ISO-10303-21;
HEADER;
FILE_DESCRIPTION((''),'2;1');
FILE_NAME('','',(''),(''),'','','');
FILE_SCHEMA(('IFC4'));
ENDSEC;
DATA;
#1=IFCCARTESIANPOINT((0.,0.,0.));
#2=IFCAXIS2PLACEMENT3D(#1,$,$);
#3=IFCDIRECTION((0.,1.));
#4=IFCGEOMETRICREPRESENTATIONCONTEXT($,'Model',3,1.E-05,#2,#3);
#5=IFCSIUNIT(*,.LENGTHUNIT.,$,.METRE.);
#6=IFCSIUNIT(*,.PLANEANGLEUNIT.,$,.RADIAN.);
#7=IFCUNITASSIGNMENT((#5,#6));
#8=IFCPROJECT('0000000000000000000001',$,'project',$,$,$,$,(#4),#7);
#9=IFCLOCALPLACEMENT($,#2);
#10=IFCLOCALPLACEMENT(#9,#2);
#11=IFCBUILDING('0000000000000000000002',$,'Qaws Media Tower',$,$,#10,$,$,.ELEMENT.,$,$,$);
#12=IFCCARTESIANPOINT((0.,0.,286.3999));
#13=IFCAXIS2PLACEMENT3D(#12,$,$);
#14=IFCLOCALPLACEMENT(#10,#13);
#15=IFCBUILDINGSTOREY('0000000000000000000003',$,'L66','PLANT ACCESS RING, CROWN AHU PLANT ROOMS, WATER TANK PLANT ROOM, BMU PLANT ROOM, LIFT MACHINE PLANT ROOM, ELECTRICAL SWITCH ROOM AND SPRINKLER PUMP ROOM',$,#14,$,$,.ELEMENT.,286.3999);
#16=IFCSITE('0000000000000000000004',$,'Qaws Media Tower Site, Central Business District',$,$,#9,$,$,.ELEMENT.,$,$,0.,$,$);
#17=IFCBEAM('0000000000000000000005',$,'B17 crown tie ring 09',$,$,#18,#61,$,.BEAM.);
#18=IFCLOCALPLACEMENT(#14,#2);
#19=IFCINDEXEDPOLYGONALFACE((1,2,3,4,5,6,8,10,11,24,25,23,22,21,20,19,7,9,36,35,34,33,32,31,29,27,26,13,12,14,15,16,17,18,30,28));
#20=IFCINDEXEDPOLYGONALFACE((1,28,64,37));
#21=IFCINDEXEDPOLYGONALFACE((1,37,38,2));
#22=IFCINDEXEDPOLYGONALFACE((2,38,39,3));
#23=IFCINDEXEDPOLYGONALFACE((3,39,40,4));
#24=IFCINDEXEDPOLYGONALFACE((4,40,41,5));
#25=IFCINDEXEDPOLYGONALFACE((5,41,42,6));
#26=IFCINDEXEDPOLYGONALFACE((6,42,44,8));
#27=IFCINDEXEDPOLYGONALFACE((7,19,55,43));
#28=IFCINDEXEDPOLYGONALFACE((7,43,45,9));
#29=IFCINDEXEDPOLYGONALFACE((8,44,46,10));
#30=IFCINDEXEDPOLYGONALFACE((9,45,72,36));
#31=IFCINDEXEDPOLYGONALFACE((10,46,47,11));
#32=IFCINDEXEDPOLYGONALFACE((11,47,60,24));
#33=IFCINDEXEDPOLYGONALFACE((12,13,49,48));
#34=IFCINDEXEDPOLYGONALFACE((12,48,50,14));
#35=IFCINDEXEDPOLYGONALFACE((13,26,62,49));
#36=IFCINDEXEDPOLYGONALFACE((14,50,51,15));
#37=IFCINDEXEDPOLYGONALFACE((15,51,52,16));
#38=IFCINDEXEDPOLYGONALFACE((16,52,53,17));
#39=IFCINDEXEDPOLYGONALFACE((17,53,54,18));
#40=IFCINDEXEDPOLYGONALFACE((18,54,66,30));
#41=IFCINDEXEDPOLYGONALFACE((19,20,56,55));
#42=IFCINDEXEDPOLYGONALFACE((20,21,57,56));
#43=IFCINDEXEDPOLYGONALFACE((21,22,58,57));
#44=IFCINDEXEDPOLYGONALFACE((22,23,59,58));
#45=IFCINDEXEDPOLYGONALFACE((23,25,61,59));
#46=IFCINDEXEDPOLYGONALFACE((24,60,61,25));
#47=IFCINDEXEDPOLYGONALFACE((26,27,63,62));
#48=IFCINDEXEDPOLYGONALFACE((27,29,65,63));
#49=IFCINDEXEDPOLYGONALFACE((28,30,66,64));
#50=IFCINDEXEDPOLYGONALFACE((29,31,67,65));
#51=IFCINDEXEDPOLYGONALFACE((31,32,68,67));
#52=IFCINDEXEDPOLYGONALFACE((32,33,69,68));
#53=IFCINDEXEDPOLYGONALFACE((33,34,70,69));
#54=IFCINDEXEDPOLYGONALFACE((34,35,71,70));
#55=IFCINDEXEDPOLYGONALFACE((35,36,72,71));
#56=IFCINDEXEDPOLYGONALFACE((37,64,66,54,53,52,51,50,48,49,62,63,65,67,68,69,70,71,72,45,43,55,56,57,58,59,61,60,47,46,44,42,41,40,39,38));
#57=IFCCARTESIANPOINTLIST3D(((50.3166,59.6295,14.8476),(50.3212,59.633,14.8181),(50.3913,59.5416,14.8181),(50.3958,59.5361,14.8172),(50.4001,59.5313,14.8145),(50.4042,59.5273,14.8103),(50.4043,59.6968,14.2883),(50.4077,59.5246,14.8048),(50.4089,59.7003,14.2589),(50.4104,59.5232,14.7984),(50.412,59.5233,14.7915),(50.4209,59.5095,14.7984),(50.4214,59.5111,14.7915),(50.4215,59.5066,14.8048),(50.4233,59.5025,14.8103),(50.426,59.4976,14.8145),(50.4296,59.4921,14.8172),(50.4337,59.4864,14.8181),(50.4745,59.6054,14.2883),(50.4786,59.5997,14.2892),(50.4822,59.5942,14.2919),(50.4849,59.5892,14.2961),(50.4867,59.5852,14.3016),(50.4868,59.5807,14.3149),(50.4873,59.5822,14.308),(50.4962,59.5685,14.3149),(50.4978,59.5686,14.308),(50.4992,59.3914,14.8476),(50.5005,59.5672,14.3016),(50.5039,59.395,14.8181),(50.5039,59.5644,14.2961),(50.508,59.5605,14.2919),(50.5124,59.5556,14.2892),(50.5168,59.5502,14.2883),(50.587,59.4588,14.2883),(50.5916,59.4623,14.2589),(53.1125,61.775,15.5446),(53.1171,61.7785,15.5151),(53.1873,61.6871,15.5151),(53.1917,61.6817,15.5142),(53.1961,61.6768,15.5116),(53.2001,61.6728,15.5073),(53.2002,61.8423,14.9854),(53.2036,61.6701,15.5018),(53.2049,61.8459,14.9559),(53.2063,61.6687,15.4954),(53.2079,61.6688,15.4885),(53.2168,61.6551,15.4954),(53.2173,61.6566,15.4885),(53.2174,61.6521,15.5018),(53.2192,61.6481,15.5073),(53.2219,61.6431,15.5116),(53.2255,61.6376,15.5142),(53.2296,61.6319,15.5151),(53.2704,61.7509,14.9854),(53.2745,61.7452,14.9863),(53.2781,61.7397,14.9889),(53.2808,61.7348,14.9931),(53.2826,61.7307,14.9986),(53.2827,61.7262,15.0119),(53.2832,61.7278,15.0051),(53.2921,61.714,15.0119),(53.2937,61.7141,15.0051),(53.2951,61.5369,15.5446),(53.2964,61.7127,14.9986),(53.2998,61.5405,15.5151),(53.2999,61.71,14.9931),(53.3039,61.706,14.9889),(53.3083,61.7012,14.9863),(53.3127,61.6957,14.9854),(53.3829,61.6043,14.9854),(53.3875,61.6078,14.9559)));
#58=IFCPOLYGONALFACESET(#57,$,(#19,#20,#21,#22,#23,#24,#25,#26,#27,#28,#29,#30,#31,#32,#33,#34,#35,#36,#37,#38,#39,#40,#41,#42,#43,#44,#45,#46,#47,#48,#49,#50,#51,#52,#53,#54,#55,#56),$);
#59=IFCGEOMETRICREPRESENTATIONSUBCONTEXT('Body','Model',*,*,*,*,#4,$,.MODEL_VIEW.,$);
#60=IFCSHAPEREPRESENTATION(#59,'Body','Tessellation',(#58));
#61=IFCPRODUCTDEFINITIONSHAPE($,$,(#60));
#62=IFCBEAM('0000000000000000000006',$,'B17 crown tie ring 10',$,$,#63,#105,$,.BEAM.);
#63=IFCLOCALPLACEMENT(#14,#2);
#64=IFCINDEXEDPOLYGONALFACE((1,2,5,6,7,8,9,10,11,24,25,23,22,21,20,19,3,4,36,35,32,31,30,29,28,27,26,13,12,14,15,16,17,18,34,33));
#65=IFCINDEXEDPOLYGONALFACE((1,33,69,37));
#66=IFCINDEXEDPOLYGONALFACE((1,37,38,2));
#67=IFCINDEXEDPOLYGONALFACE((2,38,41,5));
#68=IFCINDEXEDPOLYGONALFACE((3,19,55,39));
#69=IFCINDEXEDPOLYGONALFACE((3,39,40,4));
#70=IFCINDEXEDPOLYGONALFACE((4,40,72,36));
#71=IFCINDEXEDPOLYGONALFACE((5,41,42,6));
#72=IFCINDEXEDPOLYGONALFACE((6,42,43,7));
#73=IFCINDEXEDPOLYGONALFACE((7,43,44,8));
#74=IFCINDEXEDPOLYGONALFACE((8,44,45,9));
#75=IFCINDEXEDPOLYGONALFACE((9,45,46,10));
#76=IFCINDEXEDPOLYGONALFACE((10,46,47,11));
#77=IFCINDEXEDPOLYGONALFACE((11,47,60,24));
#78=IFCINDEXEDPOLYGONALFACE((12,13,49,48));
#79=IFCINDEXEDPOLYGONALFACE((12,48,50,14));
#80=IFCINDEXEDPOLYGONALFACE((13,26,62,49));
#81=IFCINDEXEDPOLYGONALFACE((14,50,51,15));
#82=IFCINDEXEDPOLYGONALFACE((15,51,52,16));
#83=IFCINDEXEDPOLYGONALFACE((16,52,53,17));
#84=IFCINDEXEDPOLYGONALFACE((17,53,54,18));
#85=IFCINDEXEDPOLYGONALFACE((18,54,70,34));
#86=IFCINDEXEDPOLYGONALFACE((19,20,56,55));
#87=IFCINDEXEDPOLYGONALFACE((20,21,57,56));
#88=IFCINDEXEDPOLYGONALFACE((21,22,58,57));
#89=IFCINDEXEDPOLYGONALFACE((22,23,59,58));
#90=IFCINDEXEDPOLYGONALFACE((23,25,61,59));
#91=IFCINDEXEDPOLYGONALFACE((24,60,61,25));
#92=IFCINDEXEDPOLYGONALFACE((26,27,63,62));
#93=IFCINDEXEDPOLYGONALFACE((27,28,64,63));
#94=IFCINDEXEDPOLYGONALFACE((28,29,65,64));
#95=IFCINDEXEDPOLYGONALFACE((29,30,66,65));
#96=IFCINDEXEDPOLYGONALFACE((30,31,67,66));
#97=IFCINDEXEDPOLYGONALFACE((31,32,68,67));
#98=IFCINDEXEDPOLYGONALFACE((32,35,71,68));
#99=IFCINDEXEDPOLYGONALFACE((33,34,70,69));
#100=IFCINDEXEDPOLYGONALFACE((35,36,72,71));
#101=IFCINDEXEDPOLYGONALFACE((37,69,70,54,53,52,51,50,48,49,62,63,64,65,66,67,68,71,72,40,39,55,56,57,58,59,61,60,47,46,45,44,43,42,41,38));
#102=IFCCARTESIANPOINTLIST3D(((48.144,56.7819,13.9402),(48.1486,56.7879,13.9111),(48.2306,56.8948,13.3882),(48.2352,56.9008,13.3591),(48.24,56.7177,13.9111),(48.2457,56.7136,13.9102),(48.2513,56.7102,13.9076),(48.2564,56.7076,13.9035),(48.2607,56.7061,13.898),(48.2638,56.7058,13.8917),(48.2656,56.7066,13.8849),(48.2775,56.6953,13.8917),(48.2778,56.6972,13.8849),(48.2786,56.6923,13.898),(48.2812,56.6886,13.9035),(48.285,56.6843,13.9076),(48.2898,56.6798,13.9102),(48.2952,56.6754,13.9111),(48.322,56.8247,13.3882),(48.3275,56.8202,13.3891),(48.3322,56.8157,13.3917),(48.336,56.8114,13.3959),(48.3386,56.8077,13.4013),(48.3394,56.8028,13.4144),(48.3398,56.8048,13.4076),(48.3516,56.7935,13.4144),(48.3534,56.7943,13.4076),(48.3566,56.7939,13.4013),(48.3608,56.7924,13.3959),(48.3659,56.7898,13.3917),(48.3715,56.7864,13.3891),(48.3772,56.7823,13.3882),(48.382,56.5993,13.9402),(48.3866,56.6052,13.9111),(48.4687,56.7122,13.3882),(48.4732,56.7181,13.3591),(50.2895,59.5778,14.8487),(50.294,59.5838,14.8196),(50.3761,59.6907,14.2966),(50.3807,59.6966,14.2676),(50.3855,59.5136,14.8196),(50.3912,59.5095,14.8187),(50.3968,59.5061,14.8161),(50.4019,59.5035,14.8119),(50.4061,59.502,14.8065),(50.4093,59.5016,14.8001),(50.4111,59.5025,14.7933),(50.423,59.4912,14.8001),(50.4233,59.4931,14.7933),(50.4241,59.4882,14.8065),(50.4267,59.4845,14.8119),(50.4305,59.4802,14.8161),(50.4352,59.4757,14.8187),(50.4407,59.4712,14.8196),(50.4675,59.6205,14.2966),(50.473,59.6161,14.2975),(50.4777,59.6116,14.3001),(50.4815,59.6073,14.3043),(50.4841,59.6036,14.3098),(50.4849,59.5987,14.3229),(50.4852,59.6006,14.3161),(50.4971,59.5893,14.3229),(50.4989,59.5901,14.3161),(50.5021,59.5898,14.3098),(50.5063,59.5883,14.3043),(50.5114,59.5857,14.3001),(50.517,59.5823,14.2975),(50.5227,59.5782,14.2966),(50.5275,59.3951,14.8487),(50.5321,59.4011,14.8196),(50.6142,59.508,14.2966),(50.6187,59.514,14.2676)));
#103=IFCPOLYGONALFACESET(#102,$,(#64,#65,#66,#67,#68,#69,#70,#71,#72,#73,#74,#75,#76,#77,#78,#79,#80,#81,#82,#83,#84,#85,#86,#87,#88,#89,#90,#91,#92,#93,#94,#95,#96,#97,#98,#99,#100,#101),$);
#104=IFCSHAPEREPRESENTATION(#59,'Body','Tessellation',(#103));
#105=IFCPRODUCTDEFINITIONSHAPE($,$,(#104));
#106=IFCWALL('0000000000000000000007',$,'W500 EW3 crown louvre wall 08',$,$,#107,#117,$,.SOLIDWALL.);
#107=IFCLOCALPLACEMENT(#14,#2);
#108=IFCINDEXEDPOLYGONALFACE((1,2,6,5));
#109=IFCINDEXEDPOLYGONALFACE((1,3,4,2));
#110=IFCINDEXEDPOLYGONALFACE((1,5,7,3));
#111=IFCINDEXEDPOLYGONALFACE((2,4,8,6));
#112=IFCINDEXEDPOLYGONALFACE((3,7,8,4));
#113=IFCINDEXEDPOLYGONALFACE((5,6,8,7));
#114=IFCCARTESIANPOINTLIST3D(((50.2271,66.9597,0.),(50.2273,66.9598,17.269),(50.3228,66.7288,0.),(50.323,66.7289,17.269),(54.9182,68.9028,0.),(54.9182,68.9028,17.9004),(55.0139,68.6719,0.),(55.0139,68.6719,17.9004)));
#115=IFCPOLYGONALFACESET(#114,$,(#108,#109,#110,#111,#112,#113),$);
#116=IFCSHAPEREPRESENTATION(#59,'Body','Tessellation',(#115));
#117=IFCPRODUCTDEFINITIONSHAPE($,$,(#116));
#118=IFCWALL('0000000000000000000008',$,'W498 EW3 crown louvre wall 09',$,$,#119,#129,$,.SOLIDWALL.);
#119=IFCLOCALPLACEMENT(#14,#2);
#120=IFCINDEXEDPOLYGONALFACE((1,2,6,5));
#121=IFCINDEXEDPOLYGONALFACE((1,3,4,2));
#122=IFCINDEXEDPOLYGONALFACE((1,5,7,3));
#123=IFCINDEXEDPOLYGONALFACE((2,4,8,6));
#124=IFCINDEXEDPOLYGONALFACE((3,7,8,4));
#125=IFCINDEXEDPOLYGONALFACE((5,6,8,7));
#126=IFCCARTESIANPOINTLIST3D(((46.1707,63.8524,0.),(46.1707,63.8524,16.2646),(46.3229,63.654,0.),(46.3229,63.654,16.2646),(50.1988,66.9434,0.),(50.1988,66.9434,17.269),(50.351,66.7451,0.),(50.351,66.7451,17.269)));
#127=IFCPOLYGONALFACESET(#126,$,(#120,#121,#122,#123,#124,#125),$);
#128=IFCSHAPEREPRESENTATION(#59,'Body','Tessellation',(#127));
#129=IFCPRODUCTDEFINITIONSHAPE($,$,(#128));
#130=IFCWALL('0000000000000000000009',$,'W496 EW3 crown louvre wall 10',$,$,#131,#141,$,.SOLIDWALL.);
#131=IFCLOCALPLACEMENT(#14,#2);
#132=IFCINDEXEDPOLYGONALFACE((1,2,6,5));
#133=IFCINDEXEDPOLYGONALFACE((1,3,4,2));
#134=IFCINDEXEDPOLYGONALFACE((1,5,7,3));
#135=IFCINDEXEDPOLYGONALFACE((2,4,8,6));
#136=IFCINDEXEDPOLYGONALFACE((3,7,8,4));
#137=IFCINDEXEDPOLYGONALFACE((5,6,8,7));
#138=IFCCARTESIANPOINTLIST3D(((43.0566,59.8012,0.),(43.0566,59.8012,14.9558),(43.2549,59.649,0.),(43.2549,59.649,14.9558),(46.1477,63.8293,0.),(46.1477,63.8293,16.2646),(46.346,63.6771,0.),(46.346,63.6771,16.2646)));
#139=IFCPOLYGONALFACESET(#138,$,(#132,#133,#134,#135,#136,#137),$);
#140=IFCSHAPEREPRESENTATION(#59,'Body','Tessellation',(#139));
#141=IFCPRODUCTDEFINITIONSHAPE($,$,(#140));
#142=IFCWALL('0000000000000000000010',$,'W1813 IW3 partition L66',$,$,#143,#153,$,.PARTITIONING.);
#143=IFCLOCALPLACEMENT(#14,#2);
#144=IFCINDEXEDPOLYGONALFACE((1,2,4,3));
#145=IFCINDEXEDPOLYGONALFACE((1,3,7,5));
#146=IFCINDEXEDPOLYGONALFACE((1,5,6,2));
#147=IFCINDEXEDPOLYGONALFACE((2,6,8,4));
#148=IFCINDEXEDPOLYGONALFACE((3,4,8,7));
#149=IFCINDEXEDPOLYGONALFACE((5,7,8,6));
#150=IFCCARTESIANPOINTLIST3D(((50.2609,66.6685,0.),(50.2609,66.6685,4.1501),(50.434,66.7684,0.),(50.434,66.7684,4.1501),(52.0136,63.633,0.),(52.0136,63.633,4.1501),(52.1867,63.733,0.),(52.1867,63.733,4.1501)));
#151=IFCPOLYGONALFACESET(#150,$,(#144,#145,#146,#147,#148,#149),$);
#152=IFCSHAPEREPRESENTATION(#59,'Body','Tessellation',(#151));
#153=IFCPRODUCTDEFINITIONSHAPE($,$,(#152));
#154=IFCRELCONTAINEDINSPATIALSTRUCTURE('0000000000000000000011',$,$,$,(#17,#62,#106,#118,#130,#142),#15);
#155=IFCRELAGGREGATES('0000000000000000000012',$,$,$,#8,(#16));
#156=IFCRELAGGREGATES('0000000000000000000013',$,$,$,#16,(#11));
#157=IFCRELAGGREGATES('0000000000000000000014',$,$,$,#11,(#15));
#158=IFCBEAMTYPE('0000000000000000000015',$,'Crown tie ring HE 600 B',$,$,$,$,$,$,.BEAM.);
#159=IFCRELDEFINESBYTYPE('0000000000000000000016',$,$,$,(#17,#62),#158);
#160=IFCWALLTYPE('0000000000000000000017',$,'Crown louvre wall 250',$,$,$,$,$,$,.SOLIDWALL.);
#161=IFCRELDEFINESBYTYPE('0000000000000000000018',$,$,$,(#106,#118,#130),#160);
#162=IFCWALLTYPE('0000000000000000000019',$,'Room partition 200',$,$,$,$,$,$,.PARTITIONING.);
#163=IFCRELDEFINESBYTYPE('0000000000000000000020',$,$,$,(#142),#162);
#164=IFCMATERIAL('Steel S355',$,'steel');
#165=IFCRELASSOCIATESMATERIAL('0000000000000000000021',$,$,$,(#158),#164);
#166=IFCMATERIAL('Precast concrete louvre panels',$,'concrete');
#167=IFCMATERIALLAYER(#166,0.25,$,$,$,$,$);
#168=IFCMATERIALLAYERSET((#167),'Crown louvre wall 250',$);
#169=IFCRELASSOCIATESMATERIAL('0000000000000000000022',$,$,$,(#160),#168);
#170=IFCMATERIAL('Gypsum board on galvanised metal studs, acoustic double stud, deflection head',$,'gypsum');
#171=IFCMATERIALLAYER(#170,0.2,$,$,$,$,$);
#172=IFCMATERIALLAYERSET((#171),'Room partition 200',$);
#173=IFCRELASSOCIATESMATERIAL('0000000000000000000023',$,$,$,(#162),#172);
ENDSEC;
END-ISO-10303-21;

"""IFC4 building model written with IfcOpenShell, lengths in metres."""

from ifc_helpers import new_model, si_unit, direction, frame, frame_2d, origin, origin_2d, place, context, subcontext, project, spatial, polyline, rectangle, i_section, outline, extrude, material, layer, layer_set, material_profile, profile_set, type_object, element, save


model = new_model("IFC4")

# Units and contexts
model_context = context("Model", 3, precision=1e-05, world=origin(), true_north=direction((0.0, 1.0)))
body_context = subcontext(model_context, "Body", "Model", "MODEL_VIEW")
ifc_project = project(units=[si_unit("LENGTHUNIT", "METRE"), si_unit("PLANEANGLEUNIT", "RADIAN")], contexts=[model_context])

# Site, building, storey
site_placement = place(None, origin())
site = spatial("IfcSite", under=ifc_project, at=site_placement, Name="Qaws Media Tower Site, Central Business District", CompositionType="ELEMENT", RefElevation=0.0)
building_placement = place(site_placement, origin())
building = spatial("IfcBuilding", under=site, at=building_placement, Name="Qaws Media Tower", CompositionType="ELEMENT")
storey_placement = place(building_placement, frame((0.0, 0.0, 286.3999)))
storey = spatial("IfcBuildingStorey", under=building, at=storey_placement, Name="L66", Description="PLANT ACCESS RING, CROWN AHU PLANT ROOMS, WATER TANK PLANT ROOM, BMU PLANT ROOM, LIFT MACHINE PLANT ROOM, ELECTRICAL SWITCH ROOM AND SPRINKLER PUMP ROOM", CompositionType="ELEMENT", Elevation=286.3999)

# Beams
ifc_material_1 = material(Name="Steel S355", Category="steel")
ifc_material_profile_1 = material_profile(ifc_material_1, i_section(OverallWidth=0.3, OverallDepth=0.6001, WebThickness=0.0154, FlangeThickness=0.03, FilletRadius=0.0271, at=origin_2d()), Name="HE 600 B")
ifc_profile_set_1 = profile_set([ifc_material_profile_1], Name="Steel S355")
beam_type_1 = type_object("IfcBeamType", Name="Crown tie ring HE 600 B", PredefinedType="BEAM", material=ifc_profile_set_1)
beam_1_placement = place(storey_placement, frame((53.25, 61.6914, 15.2502), z_axis=(-0.778259, -0.597218, -0.194021), x_axis=(0.608786, -0.793334, 0.0)))
element("IfcBeam", 1, at=beam_1_placement, inside=storey, type_object=beam_type_1, Name="B17 crown tie ring 09", PredefinedType="BEAM", context=body_context, shape_type="SweptSolid", body=[
    extrude(i_section(OverallWidth=0.3, OverallDepth=0.6001, WebThickness=0.0154, FlangeThickness=0.03, FilletRadius=0.0271, at=origin_2d()), origin(), (0.0, 0.0, 1.0), 3.5925),
])
beam_2_placement = place(storey_placement, frame((50.4541, 59.5459, 14.5581), z_axis=(-0.589516, -0.768222, -0.249612), x_axis=(0.793334, -0.608786, 0.0)))
element("IfcBeam", 2, at=beam_2_placement, inside=storey, type_object=beam_type_1, Name="B17 crown tie ring 10", PredefinedType="BEAM", context=body_context, shape_type="SweptSolid", body=[
    extrude(i_section(OverallWidth=0.3, OverallDepth=0.6001, WebThickness=0.0154, FlangeThickness=0.03, FilletRadius=0.0271, at=origin_2d()), origin(), (0.0, 0.0, 1.0), 3.6394),
])

# Walls
ifc_material_2 = material(Name="Precast concrete louvre panels", Category="concrete")
ifc_layer_1 = layer(ifc_material_2, 0.25)
ifc_layer_set_1 = layer_set([ifc_layer_1], Name="Crown louvre wall 250")
wall_type_1 = type_object("IfcWallType", Name="Crown louvre wall 250", PredefinedType="SOLIDWALL", material=ifc_layer_set_1)
wall_1_placement = place(storey_placement, frame((54.9661, 68.7874, 0.0), z_axis=(0.0, 0.0, 1.0), x_axis=(-0.923881, -0.382679, 0.0)))
element("IfcWall", 3, at=wall_1_placement, inside=storey, type_object=wall_type_1, Name="W500 EW3 crown louvre wall 08", PredefinedType="SOLIDWALL", context=body_context, shape_type="SweptSolid", body=[
    extrude(outline(polyline([(0.0, 0.0), (5.0776, 0.0), (5.0774, 17.269), (0.0, 17.9004), (0.0, 0.0)])), frame((0.0, 0.125, 0.0), z_axis=(0.0, -1.0, 0.0), x_axis=(1.0, 0.0, 0.0)), (0.0, 0.0, 1.0), 0.25),
])
wall_2_placement = place(storey_placement, frame((50.2749, 66.8442, 0.0), z_axis=(0.0, 0.0, 1.0), x_axis=(-0.793333, -0.608788, 0.0)))
element("IfcWall", 4, at=wall_2_placement, inside=storey, type_object=wall_type_1, Name="W498 EW3 crown louvre wall 09", PredefinedType="SOLIDWALL", context=body_context, shape_type="SweptSolid", body=[
    extrude(outline(polyline([(0.0, 0.0), (5.0774, 0.0), (5.0774, 16.2646), (0.0, 17.269), (0.0, 0.0)])), frame((0.0, 0.125, 0.0), z_axis=(0.0, -1.0, 0.0), x_axis=(1.0, 0.0, 0.0)), (0.0, 0.0, 1.0), 0.25),
])
wall_3_placement = place(storey_placement, frame((46.2468, 63.7532, 0.0), z_axis=(0.0, 0.0, 1.0), x_axis=(-0.608788, -0.793333, 0.0)))
element("IfcWall", 5, at=wall_3_placement, inside=storey, type_object=wall_type_1, Name="W496 EW3 crown louvre wall 10", PredefinedType="SOLIDWALL", context=body_context, shape_type="SweptSolid", body=[
    extrude(outline(polyline([(0.0, 0.0), (5.0774, 0.0), (5.0774, 14.9558), (0.0, 16.2646), (0.0, 0.0)])), frame((0.0, 0.125, 0.0), z_axis=(0.0, -1.0, 0.0), x_axis=(1.0, 0.0, 0.0)), (0.0, 0.0, 1.0), 0.25),
])

# Shared definitions
ifc_material_3 = material(Name="Gypsum board on galvanised metal studs, acoustic double stud, deflection head", Category="gypsum")
ifc_layer_2 = layer(ifc_material_3, 0.2)
ifc_layer_set_2 = layer_set([ifc_layer_2], Name="Room partition 200")
wall_type_2 = type_object("IfcWallType", Name="Room partition 200", PredefinedType="PARTITIONING", material=ifc_layer_set_2)

# Wall
wall_4_placement = place(storey_placement, frame((52.1001, 63.6831, 0.0), z_axis=(0.0, 0.0, 1.0), x_axis=(-0.500042, 0.866001, 0.0)))
element("IfcWall", 6, at=wall_4_placement, inside=storey, type_object=wall_type_2, Name="W1813 IW3 partition L66", PredefinedType="PARTITIONING", context=body_context, shape_type="SweptSolid", body=[
    extrude(rectangle(XDim=3.5051, YDim=0.2, at=frame_2d((1.7524, 0.0))), origin(), (0.0, 0.0, 1.0), 4.1501),
])

save(model, "model.ifc")
